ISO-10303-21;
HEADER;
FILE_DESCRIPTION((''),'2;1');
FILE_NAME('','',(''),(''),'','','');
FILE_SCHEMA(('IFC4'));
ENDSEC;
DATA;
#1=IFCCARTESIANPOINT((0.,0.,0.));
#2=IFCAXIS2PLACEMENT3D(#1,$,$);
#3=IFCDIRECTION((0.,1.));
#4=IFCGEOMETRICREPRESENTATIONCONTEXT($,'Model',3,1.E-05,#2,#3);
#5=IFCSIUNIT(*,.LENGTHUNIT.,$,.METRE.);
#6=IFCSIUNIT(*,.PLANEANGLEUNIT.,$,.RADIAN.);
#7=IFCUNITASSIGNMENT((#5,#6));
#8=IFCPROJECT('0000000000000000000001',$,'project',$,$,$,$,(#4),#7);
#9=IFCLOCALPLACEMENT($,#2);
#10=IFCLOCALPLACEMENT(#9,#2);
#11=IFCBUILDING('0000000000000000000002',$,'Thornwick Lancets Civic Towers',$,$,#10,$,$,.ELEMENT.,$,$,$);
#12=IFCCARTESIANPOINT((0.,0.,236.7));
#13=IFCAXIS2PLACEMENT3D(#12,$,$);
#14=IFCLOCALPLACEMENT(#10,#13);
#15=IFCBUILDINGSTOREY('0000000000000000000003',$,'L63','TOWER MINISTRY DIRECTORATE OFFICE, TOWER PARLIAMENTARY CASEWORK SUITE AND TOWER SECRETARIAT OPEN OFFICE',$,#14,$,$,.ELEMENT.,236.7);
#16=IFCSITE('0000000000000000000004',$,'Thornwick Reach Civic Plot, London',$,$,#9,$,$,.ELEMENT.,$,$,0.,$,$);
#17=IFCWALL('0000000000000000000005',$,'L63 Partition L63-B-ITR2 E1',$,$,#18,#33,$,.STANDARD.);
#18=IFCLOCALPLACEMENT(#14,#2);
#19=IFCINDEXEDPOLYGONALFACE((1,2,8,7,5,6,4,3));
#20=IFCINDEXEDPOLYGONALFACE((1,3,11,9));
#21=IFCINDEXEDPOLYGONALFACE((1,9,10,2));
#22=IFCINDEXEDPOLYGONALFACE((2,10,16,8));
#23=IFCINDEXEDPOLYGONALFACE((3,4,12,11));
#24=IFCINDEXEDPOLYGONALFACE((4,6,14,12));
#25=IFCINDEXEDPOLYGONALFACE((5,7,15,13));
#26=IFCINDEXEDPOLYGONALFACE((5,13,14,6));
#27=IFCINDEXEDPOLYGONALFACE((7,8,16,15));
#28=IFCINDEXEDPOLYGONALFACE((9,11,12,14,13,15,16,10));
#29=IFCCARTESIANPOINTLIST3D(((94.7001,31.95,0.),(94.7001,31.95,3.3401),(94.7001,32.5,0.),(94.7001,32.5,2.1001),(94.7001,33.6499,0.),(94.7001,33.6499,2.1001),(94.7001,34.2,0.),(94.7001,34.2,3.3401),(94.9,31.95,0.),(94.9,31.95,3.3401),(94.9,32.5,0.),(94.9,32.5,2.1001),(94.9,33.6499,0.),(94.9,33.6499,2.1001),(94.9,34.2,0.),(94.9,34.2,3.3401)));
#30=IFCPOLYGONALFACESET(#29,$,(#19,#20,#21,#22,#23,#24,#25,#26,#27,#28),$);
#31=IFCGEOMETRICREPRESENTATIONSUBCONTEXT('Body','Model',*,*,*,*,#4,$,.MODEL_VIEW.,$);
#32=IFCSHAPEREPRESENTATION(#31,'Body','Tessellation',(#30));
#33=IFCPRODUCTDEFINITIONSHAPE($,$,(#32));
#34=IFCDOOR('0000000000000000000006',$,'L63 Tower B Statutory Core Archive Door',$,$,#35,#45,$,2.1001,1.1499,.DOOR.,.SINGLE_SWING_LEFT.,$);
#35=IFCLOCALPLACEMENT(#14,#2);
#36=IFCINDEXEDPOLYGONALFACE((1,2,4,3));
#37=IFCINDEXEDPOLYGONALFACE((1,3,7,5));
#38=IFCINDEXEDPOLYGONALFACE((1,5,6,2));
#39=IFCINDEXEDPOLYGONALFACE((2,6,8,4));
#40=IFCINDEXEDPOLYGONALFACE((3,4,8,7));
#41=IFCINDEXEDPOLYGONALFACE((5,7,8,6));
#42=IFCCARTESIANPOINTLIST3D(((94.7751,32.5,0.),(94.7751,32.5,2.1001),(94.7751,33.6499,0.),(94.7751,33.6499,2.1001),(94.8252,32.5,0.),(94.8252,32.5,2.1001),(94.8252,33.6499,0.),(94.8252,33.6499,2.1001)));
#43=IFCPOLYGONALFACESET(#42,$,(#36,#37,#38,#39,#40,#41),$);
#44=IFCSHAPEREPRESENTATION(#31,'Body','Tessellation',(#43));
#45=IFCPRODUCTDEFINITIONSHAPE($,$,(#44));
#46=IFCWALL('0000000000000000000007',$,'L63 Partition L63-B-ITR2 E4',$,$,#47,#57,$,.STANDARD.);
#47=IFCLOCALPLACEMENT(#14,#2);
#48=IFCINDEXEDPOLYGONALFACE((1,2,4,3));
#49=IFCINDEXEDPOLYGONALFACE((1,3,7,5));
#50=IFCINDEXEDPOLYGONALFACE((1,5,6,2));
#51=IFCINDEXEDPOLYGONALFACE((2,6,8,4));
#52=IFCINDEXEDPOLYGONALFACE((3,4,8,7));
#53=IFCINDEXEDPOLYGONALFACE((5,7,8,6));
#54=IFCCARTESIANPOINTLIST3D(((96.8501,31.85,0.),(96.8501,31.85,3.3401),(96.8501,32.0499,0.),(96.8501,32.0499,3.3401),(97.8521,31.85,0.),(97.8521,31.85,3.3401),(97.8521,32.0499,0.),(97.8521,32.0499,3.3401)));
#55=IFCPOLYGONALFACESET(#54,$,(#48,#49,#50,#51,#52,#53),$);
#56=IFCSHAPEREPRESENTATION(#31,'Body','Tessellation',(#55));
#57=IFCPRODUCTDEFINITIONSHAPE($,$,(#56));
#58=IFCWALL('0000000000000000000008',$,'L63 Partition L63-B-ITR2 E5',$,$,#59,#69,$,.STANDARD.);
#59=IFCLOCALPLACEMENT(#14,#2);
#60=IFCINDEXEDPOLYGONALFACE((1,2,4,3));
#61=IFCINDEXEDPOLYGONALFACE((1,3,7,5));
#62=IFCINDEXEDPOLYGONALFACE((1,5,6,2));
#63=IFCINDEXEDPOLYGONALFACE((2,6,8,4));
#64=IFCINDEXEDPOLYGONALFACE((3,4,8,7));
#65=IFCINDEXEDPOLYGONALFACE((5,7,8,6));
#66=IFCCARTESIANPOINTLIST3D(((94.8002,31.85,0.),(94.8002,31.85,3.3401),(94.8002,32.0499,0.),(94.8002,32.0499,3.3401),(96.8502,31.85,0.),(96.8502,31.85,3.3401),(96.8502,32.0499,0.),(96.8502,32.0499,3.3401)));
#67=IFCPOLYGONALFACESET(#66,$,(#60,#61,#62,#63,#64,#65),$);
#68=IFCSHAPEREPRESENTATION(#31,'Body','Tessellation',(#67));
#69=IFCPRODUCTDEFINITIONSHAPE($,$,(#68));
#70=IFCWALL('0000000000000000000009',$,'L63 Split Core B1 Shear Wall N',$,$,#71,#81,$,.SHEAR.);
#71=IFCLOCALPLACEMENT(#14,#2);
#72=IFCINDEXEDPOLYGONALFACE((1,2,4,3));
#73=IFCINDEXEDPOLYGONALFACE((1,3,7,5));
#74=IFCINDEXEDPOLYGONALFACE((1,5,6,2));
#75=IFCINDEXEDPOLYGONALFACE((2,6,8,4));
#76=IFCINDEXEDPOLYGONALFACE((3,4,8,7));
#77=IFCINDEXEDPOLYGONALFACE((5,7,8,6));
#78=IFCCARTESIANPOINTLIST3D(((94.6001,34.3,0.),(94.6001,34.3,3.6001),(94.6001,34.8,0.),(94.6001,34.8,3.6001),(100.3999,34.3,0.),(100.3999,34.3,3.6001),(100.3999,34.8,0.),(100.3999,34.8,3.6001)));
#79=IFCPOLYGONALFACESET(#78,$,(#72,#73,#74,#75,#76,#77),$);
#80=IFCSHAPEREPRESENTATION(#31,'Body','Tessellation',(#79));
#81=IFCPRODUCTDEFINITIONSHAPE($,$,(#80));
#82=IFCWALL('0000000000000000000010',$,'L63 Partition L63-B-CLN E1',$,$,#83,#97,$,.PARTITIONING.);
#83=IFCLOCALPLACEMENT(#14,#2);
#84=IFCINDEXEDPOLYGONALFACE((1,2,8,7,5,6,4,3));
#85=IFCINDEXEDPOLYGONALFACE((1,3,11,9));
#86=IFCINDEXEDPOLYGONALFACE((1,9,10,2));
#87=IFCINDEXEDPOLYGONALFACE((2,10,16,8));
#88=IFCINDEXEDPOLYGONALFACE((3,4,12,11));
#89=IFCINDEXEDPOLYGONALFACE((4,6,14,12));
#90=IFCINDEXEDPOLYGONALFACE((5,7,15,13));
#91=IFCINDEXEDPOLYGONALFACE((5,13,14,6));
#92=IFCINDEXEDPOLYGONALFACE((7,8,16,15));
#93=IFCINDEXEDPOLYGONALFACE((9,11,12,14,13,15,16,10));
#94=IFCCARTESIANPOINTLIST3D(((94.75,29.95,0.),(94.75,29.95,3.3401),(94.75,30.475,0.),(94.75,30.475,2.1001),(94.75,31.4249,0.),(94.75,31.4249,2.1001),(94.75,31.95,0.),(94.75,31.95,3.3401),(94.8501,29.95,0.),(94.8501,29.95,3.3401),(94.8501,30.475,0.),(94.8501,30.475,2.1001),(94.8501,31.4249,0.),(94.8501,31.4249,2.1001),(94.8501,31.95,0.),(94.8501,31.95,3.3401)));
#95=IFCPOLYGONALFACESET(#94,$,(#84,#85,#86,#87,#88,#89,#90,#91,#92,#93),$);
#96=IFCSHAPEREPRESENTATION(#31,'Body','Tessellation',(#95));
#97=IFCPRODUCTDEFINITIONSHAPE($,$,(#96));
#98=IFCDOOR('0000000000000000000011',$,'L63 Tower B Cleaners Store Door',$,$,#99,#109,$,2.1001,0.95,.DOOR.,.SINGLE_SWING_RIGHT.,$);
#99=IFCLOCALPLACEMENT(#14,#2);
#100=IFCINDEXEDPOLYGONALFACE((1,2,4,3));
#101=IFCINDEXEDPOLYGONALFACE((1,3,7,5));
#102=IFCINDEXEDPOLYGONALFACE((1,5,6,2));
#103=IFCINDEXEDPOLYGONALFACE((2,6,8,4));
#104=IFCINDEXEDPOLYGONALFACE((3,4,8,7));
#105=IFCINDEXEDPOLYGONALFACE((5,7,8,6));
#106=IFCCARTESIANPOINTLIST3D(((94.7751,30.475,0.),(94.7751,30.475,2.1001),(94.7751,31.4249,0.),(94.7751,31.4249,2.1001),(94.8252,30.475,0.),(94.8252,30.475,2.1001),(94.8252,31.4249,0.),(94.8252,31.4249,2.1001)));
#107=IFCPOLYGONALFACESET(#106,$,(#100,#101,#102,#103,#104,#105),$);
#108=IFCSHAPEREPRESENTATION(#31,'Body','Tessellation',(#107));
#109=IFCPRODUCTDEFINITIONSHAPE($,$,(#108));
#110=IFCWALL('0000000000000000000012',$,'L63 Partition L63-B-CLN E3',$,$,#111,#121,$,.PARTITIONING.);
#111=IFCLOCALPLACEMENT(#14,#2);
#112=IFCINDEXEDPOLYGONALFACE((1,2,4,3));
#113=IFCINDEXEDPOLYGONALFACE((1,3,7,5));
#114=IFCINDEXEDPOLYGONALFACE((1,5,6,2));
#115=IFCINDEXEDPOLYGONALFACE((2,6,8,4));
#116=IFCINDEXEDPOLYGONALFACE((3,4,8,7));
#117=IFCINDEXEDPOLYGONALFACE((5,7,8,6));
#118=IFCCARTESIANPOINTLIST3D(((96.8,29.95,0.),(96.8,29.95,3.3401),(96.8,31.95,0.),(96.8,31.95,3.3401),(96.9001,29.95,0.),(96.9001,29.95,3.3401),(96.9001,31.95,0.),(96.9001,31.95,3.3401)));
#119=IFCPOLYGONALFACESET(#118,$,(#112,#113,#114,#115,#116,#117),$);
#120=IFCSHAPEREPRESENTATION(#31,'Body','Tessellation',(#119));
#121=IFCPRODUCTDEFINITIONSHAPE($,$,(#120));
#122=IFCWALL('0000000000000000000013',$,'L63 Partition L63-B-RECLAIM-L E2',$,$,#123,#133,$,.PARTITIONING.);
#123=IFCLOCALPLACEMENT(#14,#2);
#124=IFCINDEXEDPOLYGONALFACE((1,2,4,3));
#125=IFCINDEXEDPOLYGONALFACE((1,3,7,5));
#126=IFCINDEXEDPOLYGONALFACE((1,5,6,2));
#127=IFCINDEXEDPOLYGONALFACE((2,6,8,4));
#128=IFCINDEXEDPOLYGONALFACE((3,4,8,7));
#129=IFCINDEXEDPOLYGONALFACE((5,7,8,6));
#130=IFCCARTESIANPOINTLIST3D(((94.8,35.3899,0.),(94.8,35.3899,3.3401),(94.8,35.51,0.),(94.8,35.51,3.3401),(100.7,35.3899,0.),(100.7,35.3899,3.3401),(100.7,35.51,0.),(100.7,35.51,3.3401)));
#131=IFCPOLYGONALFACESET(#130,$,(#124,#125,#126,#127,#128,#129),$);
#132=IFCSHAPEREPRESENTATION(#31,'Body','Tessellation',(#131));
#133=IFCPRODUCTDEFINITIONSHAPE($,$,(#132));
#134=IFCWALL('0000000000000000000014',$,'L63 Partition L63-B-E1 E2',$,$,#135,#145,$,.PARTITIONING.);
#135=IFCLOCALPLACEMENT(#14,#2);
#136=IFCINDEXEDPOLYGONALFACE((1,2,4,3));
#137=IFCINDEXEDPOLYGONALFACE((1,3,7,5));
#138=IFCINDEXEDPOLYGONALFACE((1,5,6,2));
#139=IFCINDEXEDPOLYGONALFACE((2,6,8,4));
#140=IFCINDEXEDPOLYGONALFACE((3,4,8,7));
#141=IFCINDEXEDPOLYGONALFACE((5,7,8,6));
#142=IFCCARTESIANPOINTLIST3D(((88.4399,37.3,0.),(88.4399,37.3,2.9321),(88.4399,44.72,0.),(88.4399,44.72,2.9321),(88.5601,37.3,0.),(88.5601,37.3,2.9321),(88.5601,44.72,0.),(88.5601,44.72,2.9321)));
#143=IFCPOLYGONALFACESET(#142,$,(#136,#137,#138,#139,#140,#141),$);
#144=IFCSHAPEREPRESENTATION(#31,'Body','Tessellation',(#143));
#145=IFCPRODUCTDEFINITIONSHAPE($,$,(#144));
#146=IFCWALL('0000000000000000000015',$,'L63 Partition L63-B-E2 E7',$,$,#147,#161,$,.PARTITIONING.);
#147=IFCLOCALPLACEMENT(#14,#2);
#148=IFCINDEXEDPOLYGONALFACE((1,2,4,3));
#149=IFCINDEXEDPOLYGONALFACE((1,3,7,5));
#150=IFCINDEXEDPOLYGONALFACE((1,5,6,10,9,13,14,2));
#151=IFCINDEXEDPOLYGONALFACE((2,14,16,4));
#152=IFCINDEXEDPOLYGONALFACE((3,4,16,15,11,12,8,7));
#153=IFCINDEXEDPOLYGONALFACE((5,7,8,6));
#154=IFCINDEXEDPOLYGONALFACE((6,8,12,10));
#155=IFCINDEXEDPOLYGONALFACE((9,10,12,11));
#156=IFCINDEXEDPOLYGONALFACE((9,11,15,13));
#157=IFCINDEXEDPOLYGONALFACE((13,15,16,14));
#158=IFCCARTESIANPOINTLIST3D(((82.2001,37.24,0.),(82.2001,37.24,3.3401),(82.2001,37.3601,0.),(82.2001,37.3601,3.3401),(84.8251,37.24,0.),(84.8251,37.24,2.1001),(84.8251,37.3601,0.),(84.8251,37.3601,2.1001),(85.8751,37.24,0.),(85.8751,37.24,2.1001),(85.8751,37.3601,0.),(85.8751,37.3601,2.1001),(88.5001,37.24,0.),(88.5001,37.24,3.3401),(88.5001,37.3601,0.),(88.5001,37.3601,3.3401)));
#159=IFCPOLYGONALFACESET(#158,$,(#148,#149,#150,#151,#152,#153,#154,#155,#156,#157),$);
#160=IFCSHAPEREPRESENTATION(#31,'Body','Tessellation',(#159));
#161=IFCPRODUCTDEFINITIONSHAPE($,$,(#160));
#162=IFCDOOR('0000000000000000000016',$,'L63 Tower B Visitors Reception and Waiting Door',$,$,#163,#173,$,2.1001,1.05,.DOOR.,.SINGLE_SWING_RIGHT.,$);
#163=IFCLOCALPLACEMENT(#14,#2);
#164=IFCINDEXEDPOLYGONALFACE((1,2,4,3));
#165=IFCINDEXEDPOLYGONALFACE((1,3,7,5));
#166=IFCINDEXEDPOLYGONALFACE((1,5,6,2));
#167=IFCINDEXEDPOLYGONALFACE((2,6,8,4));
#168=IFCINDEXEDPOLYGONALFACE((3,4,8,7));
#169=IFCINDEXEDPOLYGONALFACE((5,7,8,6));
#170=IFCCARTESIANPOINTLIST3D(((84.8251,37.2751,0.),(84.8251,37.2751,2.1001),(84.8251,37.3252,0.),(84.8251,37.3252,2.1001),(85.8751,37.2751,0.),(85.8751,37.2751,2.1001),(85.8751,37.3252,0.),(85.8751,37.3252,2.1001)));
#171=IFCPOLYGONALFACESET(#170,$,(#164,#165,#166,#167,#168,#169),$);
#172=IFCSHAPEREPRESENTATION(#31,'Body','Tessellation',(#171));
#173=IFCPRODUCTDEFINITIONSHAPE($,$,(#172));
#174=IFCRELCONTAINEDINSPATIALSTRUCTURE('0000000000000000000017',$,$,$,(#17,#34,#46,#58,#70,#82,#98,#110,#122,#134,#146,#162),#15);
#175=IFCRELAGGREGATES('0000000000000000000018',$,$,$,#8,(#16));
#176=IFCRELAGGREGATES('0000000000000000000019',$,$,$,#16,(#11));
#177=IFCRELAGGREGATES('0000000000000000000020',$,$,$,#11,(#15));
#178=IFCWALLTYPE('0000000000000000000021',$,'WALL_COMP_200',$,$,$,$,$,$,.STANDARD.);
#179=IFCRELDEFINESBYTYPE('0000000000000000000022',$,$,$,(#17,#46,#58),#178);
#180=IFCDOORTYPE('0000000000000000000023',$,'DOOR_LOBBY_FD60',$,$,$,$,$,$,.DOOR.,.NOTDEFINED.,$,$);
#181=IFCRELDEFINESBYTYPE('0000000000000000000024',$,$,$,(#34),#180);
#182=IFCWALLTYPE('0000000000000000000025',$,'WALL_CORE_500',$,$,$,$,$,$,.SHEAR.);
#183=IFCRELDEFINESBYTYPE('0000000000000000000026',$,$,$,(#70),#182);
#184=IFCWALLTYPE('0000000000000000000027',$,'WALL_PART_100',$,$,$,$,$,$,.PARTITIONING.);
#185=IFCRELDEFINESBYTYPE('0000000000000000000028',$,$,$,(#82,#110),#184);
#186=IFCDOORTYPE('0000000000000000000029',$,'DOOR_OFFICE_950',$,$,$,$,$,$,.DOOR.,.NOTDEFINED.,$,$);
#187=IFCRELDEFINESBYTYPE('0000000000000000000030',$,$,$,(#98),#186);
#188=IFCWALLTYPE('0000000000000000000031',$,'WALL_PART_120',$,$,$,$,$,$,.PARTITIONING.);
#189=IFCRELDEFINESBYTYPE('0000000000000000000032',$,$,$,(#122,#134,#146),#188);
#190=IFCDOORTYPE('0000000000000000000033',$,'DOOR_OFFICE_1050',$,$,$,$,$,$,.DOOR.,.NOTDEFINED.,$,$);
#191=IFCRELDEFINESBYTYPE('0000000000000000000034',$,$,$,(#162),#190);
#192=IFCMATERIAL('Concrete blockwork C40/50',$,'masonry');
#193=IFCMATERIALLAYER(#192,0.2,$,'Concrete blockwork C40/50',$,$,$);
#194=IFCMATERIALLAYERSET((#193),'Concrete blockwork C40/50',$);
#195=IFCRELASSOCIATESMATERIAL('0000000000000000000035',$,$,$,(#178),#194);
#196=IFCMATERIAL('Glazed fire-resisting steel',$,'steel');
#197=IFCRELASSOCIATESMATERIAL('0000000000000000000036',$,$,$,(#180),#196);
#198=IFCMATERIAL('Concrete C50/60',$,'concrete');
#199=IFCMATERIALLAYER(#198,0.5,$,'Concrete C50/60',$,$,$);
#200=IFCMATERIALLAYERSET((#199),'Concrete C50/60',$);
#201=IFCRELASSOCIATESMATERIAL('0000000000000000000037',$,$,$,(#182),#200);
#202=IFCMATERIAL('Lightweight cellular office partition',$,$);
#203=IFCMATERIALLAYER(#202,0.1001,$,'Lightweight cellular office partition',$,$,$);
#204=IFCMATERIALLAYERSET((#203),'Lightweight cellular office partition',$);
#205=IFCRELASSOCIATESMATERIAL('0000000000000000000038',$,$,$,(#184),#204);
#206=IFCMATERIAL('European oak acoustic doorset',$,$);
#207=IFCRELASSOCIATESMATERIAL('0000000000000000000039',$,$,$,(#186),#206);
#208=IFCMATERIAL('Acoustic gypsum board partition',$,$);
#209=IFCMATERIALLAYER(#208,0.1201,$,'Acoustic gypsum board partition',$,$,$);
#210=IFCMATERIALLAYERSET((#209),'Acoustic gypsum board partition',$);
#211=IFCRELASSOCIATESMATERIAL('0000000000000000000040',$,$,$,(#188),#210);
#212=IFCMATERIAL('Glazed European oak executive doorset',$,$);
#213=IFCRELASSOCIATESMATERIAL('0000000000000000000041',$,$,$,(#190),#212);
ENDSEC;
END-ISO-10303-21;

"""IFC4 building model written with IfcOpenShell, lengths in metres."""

from ifc_helpers import new_model, si_unit, direction, frame, frame_2d, origin, place, context, subcontext, project, spatial, rectangle, extrude, material, layer, layer_set, type_object, element, fill, save


model = new_model("IFC4")

# Units and contexts
model_context = context("Model", 3, precision=1e-05, world=origin(), true_north=direction((0.0, 1.0)))
body_context = subcontext(model_context, "Body", "Model", "MODEL_VIEW")
ifc_project = project(units=[si_unit("LENGTHUNIT", "METRE"), si_unit("PLANEANGLEUNIT", "RADIAN")], contexts=[model_context])

# Site, building, storey
site_placement = place(None, origin())
site = spatial("IfcSite", under=ifc_project, at=site_placement, Name="Thornwick Reach Civic Plot, London", CompositionType="ELEMENT", RefElevation=0.0)
building_placement = place(site_placement, origin())
building = spatial("IfcBuilding", under=site, at=building_placement, Name="Thornwick Lancets Civic Towers", CompositionType="ELEMENT")
storey_placement = place(building_placement, frame((0.0, 0.0, 236.7)))
storey = spatial("IfcBuildingStorey", under=building, at=storey_placement, Name="L63", Description="TOWER MINISTRY DIRECTORATE OFFICE, TOWER PARLIAMENTARY CASEWORK SUITE AND TOWER SECRETARIAT OPEN OFFICE", CompositionType="ELEMENT", Elevation=236.7)

# Shared definitions
ifc_material_1 = material(Name="Concrete C50/60", Category="concrete")

# Shared definitions
ifc_material_2 = material(Name="Concrete blockwork C40/50", Category="masonry")
ifc_layer_1 = layer(ifc_material_2, 0.2, Name="Concrete blockwork C40/50")
ifc_layer_set_1 = layer_set([ifc_layer_1], Name="Concrete blockwork C40/50")
wall_type_1 = type_object("IfcWallType", Name="WALL_COMP_200", PredefinedType="STANDARD", material=ifc_layer_set_1)

# Wall, opening, door
wall_1_placement = place(storey_placement, frame((94.8, 31.95, 0.0), z_axis=(0.0, 0.0, 1.0), x_axis=(0.0, 1.0, 0.0)))
wall_1 = element("IfcWall", 1, at=wall_1_placement, inside=storey, type_object=wall_type_1, Name="L63 Partition L63-B-ITR2 E1", PredefinedType="STANDARD", context=body_context, shape_type="SweptSolid", body=[
    extrude(rectangle(XDim=2.25, YDim=0.2, at=frame_2d((1.125, 0.0))), origin(), (0.0, 0.0, 1.0), 3.3401),
])
opening_1_placement = place(wall_1_placement, frame((0.55, 0.0, 0.0)))
opening_1 = element("IfcOpeningElement", 2, at=opening_1_placement, cuts=wall_1, PredefinedType="OPENING", context=body_context, shape_type="SweptSolid", body=[
    extrude(rectangle(XDim=1.1499, YDim=2.1001, at=frame_2d((0.575, 1.05))), frame((0.0, 0.1099, 0.0), z_axis=(0.0, -1.0, 0.0), x_axis=(1.0, 0.0, 0.0)), (0.0, 0.0, 1.0), 0.22),
])
ifc_material_3 = material(Name="Glazed fire-resisting steel", Category="steel")
door_type_1 = type_object("IfcDoorType", Name="DOOR_LOBBY_FD60", OperationType="NOTDEFINED", PredefinedType="DOOR", material=ifc_material_3)
door_1_placement = place(opening_1_placement, origin())
door_1 = element("IfcDoor", 3, at=door_1_placement, inside=storey, type_object=door_type_1, Name="L63 Tower B Statutory Core Archive Door", OperationType="SINGLE_SWING_LEFT", OverallHeight=2.1001, OverallWidth=1.1499, PredefinedType="DOOR", context=body_context, shape_type="SweptSolid", body=[
    extrude(rectangle(XDim=1.1499, YDim=2.1001, at=frame_2d((0.575, 1.05))), frame((0.0, 0.0249, 0.0), z_axis=(0.0, -1.0, 0.0), x_axis=(1.0, 0.0, 0.0)), (0.0, 0.0, 1.0), 0.05),
])
fill(opening_1, door_1)

# Walls
wall_2_placement = place(storey_placement, frame((97.8521, 31.95, 0.0), z_axis=(0.0, 0.0, 1.0), x_axis=(-1.0, 0.0, 0.0)))
element("IfcWall", 4, at=wall_2_placement, inside=storey, type_object=wall_type_1, Name="L63 Partition L63-B-ITR2 E4", PredefinedType="STANDARD", context=body_context, shape_type="SweptSolid", body=[
    extrude(rectangle(XDim=1.002, YDim=0.2, at=frame_2d((0.501, 0.0))), origin(), (0.0, 0.0, 1.0), 3.3401),
])
wall_3_placement = place(storey_placement, frame((96.8501, 31.95, 0.0), z_axis=(0.0, 0.0, 1.0), x_axis=(-1.0, 0.0, 0.0)))
element("IfcWall", 5, at=wall_3_placement, inside=storey, type_object=wall_type_1, Name="L63 Partition L63-B-ITR2 E5", PredefinedType="STANDARD", context=body_context, shape_type="SweptSolid", body=[
    extrude(rectangle(XDim=2.05, YDim=0.2, at=frame_2d((1.0249, 0.0))), origin(), (0.0, 0.0, 1.0), 3.3401),
])
ifc_layer_2 = layer(ifc_material_1, 0.5, Name="Concrete C50/60")
ifc_layer_set_2 = layer_set([ifc_layer_2], Name="Concrete C50/60")
wall_type_2 = type_object("IfcWallType", Name="WALL_CORE_500", PredefinedType="SHEAR", material=ifc_layer_set_2)
wall_4_placement = place(storey_placement, frame((94.6001, 34.55, 0.0), z_axis=(0.0, 0.0, 1.0), x_axis=(1.0, 0.0, 0.0)))
element("IfcWall", 6, at=wall_4_placement, inside=storey, type_object=wall_type_2, Name="L63 Split Core B1 Shear Wall N", PredefinedType="SHEAR", context=body_context, shape_type="SweptSolid", body=[
    extrude(rectangle(XDim=5.7998, YDim=0.5, at=frame_2d((2.8999, 0.0))), origin(), (0.0, 0.0, 1.0), 3.6001),
])

# Wall, opening, door
ifc_material_4 = material(Name="Lightweight cellular office partition")
ifc_layer_3 = layer(ifc_material_4, 0.1001, Name="Lightweight cellular office partition")
ifc_layer_set_3 = layer_set([ifc_layer_3], Name="Lightweight cellular office partition")
wall_type_3 = type_object("IfcWallType", Name="WALL_PART_100", PredefinedType="PARTITIONING", material=ifc_layer_set_3)
wall_5_placement = place(storey_placement, frame((94.8, 29.95, 0.0), z_axis=(0.0, 0.0, 1.0), x_axis=(0.0, 1.0, 0.0)))
wall_5 = element("IfcWall", 7, at=wall_5_placement, inside=storey, type_object=wall_type_3, Name="L63 Partition L63-B-CLN E1", PredefinedType="PARTITIONING", context=body_context, shape_type="SweptSolid", body=[
    extrude(rectangle(XDim=2.0, YDim=0.1001, at=frame_2d((1.0, 0.0))), origin(), (0.0, 0.0, 1.0), 3.3401),
])
opening_2_placement = place(wall_5_placement, frame((0.5249, 0.0, 0.0)))
opening_2 = element("IfcOpeningElement", 8, at=opening_2_placement, cuts=wall_5, PredefinedType="OPENING", context=body_context, shape_type="SweptSolid", body=[
    extrude(rectangle(XDim=0.95, YDim=2.1001, at=frame_2d((0.4751, 1.05))), frame((0.0, 0.0601, 0.0), z_axis=(0.0, -1.0, 0.0), x_axis=(1.0, 0.0, 0.0)), (0.0, 0.0, 1.0), 0.1201),
])
ifc_material_5 = material(Name="European oak acoustic doorset")
door_type_2 = type_object("IfcDoorType", Name="DOOR_OFFICE_950", OperationType="NOTDEFINED", PredefinedType="DOOR", material=ifc_material_5)
door_2_placement = place(opening_2_placement, origin())
door_2 = element("IfcDoor", 9, at=door_2_placement, inside=storey, type_object=door_type_2, Name="L63 Tower B Cleaners Store Door", OperationType="SINGLE_SWING_RIGHT", OverallHeight=2.1001, OverallWidth=0.95, PredefinedType="DOOR", context=body_context, shape_type="SweptSolid", body=[
    extrude(rectangle(XDim=0.95, YDim=2.1001, at=frame_2d((0.4751, 1.05))), frame((0.0, 0.0249, 0.0), z_axis=(0.0, -1.0, 0.0), x_axis=(1.0, 0.0, 0.0)), (0.0, 0.0, 1.0), 0.05),
])
fill(opening_2, door_2)

# Walls
wall_6_placement = place(storey_placement, frame((96.8501, 31.95, 0.0), z_axis=(0.0, 0.0, 1.0), x_axis=(0.0, -1.0, 0.0)))
element("IfcWall", 10, at=wall_6_placement, inside=storey, type_object=wall_type_3, Name="L63 Partition L63-B-CLN E3", PredefinedType="PARTITIONING", context=body_context, shape_type="SweptSolid", body=[
    extrude(rectangle(XDim=2.0, YDim=0.1001, at=frame_2d((1.0, 0.0))), origin(), (0.0, 0.0, 1.0), 3.3401),
])
ifc_material_6 = material(Name="Acoustic gypsum board partition")
ifc_layer_4 = layer(ifc_material_6, 0.1201, Name="Acoustic gypsum board partition")
ifc_layer_set_4 = layer_set([ifc_layer_4], Name="Acoustic gypsum board partition")
wall_type_4 = type_object("IfcWallType", Name="WALL_PART_120", PredefinedType="PARTITIONING", material=ifc_layer_set_4)
wall_7_placement = place(storey_placement, frame((94.8, 35.45, 0.0), z_axis=(0.0, 0.0, 1.0), x_axis=(1.0, 0.0, 0.0)))
element("IfcWall", 11, at=wall_7_placement, inside=storey, type_object=wall_type_4, Name="L63 Partition L63-B-RECLAIM-L E2", PredefinedType="PARTITIONING", context=body_context, shape_type="SweptSolid", body=[
    extrude(rectangle(XDim=5.8999, YDim=0.1201, at=frame_2d((2.95, 0.0))), origin(), (0.0, 0.0, 1.0), 3.3401),
])
wall_8_placement = place(storey_placement, frame((88.5, 37.3, 0.0), z_axis=(0.0, 0.0, 1.0), x_axis=(0.0, 1.0, 0.0)))
element("IfcWall", 12, at=wall_8_placement, inside=storey, type_object=wall_type_4, Name="L63 Partition L63-B-E1 E2", PredefinedType="PARTITIONING", context=body_context, shape_type="SweptSolid", body=[
    extrude(rectangle(XDim=7.4199, YDim=0.1201, at=frame_2d((3.71, 0.0))), origin(), (0.0, 0.0, 1.0), 2.9321),
])

# Wall, opening, door
wall_9_placement = place(storey_placement, frame((88.5, 37.3, 0.0), z_axis=(0.0, 0.0, 1.0), x_axis=(-1.0, 0.0, 0.0)))
wall_9 = element("IfcWall", 13, at=wall_9_placement, inside=storey, type_object=wall_type_4, Name="L63 Partition L63-B-E2 E7", PredefinedType="PARTITIONING", context=body_context, shape_type="SweptSolid", body=[
    extrude(rectangle(XDim=6.3, YDim=0.1201, at=frame_2d((3.1499, 0.0))), origin(), (0.0, 0.0, 1.0), 3.3401),
])
opening_3_placement = place(wall_9_placement, frame((2.625, 0.0, 0.0)))
opening_3 = element("IfcOpeningElement", 14, at=opening_3_placement, cuts=wall_9, PredefinedType="OPENING", context=body_context, shape_type="SweptSolid", body=[
    extrude(rectangle(XDim=1.05, YDim=2.1001, at=frame_2d((0.5249, 1.05))), frame((0.0, 0.0701, 0.0), z_axis=(0.0, -1.0, 0.0), x_axis=(1.0, 0.0, 0.0)), (0.0, 0.0, 1.0), 0.1401),
])
ifc_material_7 = material(Name="Glazed European oak executive doorset")
door_type_3 = type_object("IfcDoorType", Name="DOOR_OFFICE_1050", OperationType="NOTDEFINED", PredefinedType="DOOR", material=ifc_material_7)
door_3_placement = place(opening_3_placement, origin())
door_3 = element("IfcDoor", 15, at=door_3_placement, inside=storey, type_object=door_type_3, Name="L63 Tower B Visitors Reception and Waiting Door", OperationType="SINGLE_SWING_RIGHT", OverallHeight=2.1001, OverallWidth=1.05, PredefinedType="DOOR", context=body_context, shape_type="SweptSolid", body=[
    extrude(rectangle(XDim=1.05, YDim=2.1001, at=frame_2d((0.5249, 1.05))), frame((0.0, 0.0249, 0.0), z_axis=(0.0, -1.0, 0.0), x_axis=(1.0, 0.0, 0.0)), (0.0, 0.0, 1.0), 0.05),
])
fill(opening_3, door_3)

save(model, "model.ifc")
